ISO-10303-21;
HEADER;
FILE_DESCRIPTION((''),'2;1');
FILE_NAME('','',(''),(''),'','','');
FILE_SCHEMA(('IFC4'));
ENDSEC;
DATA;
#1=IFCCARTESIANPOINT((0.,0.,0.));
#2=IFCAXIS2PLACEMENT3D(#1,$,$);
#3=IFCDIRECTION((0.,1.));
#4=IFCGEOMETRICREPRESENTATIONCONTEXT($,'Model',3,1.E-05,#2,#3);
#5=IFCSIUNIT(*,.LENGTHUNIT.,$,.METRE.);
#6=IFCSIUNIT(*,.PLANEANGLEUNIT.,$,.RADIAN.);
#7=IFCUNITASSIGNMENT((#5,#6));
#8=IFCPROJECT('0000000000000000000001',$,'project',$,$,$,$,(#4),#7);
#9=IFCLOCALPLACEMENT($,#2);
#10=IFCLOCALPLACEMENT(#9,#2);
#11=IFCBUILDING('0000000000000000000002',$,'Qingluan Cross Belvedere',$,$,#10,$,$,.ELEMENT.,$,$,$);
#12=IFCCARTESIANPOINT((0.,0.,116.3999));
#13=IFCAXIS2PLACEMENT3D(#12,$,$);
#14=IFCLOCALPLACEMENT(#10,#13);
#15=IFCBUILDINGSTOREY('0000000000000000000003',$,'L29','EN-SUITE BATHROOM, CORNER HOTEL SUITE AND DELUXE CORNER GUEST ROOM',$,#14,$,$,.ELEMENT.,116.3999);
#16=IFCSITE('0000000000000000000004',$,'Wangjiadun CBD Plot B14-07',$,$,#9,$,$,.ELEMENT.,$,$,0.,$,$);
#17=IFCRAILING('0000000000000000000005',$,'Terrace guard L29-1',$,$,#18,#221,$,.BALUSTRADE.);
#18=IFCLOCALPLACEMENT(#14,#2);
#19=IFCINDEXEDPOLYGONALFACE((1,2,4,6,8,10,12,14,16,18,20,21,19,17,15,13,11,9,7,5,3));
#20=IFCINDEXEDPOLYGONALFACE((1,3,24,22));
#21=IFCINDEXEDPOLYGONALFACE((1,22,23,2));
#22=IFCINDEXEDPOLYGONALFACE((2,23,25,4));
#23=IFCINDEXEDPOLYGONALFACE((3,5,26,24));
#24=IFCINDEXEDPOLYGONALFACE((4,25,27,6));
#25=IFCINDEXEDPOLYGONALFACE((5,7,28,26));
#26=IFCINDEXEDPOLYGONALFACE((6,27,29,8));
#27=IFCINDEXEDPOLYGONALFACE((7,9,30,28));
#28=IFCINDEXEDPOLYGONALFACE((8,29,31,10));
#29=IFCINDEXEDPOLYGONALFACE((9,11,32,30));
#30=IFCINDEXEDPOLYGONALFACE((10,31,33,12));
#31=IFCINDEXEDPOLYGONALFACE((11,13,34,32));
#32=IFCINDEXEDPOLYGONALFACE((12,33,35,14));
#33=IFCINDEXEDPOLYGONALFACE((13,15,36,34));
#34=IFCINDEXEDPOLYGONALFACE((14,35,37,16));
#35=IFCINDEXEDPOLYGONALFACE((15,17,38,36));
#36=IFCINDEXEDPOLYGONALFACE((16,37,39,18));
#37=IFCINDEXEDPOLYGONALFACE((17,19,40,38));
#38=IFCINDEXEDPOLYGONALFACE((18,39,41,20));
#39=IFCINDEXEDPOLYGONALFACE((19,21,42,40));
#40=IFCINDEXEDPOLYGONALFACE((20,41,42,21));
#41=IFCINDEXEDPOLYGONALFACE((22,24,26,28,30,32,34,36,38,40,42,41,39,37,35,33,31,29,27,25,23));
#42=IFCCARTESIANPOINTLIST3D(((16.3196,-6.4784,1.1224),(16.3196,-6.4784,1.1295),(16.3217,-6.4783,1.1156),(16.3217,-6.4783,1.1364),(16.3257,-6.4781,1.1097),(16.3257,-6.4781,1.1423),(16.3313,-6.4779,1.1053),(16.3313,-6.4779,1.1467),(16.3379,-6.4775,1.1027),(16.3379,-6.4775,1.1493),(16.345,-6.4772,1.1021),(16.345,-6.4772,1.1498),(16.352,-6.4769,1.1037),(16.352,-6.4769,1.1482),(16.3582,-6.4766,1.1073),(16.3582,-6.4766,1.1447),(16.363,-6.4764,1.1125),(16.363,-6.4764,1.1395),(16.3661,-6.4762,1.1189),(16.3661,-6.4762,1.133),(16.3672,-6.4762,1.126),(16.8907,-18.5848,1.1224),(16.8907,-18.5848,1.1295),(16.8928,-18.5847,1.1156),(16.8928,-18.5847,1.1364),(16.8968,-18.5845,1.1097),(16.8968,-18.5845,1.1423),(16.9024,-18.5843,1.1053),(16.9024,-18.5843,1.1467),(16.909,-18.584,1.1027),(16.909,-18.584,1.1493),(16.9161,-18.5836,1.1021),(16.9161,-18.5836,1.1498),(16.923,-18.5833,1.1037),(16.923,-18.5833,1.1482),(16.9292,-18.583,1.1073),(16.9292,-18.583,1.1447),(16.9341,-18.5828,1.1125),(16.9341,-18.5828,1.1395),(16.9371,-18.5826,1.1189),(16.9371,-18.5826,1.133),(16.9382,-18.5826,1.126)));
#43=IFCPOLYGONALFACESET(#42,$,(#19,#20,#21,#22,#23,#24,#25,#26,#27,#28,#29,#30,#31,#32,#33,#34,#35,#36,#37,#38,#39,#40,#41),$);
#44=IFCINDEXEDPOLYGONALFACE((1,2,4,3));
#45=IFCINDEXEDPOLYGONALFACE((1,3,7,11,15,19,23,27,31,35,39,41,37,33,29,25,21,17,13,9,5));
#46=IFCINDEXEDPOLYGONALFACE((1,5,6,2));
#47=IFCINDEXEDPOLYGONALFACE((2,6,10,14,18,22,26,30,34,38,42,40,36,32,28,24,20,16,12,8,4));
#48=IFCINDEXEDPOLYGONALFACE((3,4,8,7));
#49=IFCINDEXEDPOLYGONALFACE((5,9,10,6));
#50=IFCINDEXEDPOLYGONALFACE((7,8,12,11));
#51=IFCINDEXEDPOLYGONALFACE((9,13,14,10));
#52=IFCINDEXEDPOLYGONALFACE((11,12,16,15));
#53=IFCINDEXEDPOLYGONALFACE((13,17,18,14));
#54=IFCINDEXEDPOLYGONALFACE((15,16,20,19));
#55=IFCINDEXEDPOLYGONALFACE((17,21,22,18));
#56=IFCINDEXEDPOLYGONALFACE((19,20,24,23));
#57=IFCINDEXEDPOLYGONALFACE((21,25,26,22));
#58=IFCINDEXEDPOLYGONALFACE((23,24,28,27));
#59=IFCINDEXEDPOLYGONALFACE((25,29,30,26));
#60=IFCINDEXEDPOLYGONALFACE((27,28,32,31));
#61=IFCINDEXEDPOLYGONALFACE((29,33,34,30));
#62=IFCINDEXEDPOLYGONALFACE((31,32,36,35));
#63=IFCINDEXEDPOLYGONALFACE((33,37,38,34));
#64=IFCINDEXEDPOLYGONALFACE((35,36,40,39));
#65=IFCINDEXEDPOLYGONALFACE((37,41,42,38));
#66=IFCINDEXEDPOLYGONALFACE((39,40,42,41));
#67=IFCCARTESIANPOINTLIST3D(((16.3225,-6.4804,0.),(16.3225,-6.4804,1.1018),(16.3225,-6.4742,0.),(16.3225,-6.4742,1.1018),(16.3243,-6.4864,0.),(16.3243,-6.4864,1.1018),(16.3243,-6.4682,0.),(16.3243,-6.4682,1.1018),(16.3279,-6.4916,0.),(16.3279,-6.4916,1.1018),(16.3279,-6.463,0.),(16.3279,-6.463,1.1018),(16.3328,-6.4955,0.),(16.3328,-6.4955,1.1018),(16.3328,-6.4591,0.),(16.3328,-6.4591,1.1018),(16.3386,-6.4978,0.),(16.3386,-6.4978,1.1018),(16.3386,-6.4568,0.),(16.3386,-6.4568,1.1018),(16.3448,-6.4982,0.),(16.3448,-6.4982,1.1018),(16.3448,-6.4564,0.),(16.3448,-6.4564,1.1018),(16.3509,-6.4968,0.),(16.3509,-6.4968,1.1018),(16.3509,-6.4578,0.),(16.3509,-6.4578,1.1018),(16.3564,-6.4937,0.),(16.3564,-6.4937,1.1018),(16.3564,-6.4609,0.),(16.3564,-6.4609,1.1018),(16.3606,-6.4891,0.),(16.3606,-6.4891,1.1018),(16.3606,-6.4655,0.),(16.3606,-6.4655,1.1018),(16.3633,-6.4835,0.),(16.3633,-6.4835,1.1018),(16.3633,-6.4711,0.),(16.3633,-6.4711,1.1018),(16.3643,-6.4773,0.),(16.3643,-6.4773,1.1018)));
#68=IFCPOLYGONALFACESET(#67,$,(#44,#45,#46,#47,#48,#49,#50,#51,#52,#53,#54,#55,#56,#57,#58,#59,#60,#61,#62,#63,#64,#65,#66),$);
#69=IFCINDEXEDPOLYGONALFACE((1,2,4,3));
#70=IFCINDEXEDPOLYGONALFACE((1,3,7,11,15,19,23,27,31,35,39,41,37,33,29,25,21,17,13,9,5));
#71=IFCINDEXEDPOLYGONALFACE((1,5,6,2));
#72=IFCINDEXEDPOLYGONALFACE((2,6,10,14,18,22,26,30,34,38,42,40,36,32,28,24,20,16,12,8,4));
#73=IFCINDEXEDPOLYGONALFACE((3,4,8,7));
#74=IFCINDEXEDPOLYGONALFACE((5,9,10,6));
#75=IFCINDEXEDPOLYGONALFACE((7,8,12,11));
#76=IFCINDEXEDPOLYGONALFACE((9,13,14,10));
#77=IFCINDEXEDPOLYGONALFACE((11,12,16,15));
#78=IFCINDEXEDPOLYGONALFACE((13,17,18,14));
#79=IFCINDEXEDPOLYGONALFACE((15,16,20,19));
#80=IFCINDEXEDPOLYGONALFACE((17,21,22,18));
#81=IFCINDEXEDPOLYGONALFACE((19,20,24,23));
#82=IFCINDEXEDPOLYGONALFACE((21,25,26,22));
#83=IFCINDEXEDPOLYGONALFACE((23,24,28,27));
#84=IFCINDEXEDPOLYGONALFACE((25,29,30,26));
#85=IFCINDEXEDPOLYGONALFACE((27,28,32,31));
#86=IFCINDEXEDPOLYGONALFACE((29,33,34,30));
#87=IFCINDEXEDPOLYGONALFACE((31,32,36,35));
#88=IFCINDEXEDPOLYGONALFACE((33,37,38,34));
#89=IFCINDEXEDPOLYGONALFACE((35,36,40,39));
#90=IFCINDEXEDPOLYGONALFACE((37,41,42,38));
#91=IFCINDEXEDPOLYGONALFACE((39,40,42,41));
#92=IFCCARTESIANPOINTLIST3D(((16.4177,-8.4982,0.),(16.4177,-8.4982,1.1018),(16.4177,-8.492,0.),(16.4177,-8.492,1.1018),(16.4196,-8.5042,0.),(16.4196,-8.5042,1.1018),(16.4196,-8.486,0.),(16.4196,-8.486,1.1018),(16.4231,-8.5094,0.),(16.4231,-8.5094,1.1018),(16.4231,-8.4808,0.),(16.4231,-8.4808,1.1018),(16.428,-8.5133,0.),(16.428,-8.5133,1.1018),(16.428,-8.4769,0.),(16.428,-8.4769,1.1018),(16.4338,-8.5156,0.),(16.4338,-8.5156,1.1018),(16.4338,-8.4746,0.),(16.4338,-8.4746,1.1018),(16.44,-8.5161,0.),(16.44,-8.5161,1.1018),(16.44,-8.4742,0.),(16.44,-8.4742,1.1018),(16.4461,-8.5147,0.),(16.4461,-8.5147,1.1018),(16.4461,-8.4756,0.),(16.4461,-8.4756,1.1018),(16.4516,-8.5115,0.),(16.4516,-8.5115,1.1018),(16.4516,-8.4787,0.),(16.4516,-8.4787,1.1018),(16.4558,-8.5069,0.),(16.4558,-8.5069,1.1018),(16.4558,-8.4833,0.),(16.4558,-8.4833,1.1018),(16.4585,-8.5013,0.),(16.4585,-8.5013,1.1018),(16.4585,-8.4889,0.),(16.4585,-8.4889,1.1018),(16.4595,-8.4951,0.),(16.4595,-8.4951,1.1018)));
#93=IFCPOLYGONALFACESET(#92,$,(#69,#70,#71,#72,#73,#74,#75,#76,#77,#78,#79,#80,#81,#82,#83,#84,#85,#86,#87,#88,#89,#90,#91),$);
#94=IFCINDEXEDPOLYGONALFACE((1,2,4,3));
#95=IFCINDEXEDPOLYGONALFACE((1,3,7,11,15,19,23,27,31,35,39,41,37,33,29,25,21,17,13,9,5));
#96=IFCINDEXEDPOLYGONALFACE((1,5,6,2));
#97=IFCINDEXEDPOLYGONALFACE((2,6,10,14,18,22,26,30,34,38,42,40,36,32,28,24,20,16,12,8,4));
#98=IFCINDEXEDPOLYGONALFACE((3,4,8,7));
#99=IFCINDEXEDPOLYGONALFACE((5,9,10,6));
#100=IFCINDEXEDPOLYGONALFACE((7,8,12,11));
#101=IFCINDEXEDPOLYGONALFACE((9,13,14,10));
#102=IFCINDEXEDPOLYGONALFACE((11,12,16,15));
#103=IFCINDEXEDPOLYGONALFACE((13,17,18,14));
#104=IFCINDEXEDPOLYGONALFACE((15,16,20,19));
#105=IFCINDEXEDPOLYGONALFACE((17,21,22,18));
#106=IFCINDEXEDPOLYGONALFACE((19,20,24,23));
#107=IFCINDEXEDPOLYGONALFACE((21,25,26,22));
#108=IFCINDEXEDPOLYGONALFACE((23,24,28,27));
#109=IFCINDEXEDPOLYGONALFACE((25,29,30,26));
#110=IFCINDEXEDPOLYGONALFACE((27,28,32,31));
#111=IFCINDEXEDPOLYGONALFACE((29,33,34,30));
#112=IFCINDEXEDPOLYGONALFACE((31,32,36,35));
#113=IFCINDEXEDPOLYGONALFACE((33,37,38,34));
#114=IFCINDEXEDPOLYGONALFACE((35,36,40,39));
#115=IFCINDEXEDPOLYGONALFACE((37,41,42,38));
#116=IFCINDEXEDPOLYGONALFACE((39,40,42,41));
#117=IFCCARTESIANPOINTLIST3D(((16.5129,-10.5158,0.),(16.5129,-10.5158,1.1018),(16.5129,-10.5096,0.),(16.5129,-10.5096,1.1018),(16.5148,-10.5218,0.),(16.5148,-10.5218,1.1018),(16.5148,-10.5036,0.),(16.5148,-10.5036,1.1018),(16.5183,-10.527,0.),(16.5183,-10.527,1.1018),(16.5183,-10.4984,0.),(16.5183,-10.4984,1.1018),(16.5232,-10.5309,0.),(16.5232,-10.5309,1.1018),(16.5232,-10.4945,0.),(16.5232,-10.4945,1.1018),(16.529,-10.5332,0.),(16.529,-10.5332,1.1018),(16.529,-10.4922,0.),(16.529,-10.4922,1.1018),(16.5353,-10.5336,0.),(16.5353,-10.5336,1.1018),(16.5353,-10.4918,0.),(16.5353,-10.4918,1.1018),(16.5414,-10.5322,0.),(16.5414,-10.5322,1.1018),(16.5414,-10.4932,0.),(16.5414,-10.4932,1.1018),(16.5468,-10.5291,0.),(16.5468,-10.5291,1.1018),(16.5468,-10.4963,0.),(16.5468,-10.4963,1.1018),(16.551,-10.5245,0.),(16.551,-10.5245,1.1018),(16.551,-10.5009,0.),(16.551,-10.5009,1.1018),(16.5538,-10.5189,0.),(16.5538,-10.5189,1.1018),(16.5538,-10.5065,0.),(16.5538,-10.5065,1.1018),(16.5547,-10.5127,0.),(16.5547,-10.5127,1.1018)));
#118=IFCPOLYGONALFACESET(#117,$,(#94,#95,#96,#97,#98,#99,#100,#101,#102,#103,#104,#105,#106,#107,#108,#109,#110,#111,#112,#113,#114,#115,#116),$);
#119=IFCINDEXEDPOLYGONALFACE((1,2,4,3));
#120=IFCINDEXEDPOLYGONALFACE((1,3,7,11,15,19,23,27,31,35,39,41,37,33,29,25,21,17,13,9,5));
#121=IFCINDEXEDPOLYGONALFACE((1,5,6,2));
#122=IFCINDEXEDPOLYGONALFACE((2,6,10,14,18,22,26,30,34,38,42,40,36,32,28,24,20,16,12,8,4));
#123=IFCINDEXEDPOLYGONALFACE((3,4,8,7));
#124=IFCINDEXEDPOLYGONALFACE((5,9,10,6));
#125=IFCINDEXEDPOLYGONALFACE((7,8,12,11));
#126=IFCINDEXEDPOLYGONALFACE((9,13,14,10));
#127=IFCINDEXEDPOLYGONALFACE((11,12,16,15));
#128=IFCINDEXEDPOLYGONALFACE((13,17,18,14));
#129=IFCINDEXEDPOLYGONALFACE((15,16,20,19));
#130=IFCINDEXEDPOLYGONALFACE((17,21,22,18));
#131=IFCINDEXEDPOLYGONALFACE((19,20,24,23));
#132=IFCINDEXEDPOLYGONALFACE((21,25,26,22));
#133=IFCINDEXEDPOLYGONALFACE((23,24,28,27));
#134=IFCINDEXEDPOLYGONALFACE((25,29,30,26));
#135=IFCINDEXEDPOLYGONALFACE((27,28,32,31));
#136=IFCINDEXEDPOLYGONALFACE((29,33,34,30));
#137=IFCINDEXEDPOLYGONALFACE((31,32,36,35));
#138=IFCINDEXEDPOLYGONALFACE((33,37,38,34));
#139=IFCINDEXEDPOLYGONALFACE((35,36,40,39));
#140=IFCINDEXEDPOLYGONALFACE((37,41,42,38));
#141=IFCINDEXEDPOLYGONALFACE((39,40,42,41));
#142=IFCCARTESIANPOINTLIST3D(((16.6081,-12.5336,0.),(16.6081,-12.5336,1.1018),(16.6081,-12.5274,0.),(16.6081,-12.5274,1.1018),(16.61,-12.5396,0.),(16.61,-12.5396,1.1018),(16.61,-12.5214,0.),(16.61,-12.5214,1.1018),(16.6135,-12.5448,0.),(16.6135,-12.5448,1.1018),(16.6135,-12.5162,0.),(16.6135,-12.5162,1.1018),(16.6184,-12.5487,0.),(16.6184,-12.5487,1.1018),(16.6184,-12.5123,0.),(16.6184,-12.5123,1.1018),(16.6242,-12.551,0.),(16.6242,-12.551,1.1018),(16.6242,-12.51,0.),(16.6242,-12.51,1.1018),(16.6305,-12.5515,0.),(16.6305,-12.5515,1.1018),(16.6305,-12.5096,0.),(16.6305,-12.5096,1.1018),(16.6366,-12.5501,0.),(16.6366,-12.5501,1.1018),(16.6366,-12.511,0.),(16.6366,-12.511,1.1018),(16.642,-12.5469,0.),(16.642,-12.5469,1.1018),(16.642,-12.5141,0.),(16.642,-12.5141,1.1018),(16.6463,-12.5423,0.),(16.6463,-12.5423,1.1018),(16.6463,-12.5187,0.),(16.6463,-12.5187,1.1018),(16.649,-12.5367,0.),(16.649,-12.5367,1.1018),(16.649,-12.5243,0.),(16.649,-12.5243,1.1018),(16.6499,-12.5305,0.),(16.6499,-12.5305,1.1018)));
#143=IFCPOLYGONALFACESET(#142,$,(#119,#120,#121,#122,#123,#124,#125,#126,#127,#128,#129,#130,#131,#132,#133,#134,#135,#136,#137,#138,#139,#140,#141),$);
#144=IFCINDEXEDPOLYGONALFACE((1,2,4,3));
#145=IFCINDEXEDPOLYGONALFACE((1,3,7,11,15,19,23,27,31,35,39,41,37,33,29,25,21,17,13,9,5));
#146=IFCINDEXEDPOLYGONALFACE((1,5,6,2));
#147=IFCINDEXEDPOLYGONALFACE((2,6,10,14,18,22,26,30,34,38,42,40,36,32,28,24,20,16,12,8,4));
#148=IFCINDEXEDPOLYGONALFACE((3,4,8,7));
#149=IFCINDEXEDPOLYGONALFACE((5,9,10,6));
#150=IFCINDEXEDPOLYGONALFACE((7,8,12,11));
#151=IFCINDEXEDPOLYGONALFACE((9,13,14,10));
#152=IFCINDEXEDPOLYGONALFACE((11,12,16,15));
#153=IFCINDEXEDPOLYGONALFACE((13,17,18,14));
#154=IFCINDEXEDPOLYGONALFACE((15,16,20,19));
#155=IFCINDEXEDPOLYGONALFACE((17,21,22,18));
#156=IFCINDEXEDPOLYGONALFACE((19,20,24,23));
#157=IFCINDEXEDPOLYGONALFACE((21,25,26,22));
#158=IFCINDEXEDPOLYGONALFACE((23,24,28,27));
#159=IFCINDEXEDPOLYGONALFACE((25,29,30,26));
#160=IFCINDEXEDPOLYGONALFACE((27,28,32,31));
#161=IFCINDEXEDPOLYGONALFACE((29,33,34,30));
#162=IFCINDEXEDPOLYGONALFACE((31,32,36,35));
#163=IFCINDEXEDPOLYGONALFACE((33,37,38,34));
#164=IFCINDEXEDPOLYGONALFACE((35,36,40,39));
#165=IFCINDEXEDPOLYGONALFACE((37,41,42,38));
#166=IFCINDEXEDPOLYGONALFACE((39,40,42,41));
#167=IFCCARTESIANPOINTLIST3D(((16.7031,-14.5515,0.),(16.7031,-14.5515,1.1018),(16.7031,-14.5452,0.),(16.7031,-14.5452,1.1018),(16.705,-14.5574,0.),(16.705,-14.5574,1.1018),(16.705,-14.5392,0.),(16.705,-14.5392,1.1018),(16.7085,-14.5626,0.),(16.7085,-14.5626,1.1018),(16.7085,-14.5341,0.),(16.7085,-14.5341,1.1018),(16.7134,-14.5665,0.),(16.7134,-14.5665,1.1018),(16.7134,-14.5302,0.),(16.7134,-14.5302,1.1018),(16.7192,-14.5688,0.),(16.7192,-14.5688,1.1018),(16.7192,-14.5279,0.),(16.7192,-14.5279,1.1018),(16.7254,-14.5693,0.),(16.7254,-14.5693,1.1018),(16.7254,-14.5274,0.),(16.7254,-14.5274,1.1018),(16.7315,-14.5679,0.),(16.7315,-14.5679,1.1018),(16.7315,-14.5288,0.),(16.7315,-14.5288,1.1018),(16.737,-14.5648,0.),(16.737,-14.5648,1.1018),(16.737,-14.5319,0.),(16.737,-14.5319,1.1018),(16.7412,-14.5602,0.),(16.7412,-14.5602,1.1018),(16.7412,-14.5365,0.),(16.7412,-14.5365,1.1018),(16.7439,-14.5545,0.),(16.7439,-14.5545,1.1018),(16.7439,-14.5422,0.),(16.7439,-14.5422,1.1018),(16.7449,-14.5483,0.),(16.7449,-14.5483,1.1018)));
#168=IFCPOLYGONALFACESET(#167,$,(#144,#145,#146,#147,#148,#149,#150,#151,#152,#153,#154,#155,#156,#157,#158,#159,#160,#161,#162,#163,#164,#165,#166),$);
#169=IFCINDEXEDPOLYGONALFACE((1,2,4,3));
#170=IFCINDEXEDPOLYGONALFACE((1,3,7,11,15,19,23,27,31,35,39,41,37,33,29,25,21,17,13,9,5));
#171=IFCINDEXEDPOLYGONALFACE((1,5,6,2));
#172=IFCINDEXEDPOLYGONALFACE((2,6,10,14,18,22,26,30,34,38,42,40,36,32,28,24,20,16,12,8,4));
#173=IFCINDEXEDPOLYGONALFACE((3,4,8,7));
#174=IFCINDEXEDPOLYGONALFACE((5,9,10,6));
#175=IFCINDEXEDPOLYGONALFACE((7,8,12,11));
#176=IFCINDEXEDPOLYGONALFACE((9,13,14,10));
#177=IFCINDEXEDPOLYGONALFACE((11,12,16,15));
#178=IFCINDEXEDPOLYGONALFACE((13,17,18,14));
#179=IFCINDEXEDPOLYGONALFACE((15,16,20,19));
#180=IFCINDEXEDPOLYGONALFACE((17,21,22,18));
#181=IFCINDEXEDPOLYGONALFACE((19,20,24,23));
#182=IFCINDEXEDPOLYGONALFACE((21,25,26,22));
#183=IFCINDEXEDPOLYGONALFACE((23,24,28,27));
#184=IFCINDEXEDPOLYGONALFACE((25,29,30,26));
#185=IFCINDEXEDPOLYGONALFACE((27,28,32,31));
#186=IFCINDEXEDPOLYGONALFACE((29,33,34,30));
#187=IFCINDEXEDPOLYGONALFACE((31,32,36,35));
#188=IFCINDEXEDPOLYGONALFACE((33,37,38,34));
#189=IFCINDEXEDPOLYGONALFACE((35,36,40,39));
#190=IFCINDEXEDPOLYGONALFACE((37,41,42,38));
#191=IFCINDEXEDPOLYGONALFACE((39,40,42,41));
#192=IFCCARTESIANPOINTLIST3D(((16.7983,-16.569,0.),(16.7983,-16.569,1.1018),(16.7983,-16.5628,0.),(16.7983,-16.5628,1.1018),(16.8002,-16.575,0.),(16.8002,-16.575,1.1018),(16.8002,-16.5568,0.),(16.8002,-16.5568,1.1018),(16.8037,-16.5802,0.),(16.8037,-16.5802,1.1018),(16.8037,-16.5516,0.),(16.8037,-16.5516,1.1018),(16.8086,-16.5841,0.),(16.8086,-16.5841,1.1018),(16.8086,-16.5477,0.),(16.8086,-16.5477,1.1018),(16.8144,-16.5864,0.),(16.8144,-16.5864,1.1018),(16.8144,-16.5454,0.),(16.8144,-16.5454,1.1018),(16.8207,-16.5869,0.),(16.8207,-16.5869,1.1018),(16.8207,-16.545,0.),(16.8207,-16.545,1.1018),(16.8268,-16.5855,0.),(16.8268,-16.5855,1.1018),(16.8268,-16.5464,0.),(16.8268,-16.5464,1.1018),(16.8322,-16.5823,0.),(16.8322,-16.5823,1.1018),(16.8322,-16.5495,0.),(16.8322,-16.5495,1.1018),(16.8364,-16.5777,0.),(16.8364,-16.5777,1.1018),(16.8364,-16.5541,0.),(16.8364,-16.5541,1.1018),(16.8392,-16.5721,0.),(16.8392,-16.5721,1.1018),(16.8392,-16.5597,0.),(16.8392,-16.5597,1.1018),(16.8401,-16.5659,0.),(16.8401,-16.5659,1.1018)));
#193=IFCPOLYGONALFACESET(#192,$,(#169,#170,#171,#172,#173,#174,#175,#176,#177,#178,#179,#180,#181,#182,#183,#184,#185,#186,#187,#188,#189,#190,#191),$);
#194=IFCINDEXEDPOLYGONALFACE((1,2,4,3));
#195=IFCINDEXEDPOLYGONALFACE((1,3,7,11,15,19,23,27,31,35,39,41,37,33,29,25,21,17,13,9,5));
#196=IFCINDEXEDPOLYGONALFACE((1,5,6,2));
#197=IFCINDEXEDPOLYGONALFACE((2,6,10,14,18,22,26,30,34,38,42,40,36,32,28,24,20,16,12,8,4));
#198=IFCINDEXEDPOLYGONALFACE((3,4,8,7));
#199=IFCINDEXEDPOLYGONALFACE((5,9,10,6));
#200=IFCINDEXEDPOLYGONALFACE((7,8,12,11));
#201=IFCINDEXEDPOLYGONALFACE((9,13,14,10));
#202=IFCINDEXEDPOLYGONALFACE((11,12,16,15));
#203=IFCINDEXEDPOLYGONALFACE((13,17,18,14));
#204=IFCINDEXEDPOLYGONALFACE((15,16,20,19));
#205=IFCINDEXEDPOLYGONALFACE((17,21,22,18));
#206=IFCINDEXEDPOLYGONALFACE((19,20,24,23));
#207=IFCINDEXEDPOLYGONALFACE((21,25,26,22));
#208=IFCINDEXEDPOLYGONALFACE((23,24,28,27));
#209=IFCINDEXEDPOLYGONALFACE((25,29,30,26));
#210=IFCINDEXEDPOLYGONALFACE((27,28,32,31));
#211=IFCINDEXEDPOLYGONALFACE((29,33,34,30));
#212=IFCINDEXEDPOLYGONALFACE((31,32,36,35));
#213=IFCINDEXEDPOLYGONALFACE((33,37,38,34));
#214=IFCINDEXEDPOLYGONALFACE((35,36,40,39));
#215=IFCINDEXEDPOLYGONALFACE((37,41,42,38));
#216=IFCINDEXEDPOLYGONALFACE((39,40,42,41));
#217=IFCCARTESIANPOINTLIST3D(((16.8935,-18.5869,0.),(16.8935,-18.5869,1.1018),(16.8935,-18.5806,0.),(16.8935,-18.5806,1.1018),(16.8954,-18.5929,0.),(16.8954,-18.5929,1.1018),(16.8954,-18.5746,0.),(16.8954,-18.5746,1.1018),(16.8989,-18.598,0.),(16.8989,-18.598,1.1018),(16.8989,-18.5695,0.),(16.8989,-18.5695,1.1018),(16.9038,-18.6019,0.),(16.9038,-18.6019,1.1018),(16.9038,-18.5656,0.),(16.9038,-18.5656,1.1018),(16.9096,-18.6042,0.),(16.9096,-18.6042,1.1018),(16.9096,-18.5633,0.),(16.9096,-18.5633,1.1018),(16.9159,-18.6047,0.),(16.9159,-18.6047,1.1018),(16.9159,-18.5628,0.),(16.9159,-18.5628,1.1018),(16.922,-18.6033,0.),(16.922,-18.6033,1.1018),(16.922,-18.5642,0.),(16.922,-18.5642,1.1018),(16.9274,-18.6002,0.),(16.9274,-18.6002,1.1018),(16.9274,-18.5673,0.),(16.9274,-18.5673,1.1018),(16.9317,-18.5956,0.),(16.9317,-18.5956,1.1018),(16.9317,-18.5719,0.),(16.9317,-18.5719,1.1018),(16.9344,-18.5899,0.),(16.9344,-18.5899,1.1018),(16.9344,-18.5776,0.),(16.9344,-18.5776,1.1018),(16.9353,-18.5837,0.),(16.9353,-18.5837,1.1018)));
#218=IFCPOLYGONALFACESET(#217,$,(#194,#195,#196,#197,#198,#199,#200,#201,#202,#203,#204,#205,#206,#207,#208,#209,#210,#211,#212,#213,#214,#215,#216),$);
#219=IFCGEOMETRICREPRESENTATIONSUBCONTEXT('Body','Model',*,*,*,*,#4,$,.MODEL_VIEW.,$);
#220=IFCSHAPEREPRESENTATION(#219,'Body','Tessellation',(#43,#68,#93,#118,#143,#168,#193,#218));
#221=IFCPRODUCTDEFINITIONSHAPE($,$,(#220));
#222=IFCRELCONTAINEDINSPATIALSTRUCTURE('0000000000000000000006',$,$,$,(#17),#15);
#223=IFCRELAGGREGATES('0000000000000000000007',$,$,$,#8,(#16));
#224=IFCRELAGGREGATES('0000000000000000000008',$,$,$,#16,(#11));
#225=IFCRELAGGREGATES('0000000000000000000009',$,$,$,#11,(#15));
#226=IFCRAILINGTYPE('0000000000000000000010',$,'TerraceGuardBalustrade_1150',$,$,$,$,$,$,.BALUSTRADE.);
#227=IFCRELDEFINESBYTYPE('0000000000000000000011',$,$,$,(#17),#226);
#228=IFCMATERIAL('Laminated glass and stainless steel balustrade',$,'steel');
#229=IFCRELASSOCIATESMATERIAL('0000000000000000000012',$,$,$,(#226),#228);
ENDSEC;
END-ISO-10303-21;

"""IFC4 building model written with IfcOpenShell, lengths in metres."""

from ifc_helpers import new_model, si_unit, direction, frame, origin, origin_2d, place, context, subcontext, project, spatial, circle, extrude, material, type_object, element, save


model = new_model("IFC4")

# Units and contexts
model_context = context("Model", 3, precision=1e-05, world=origin(), true_north=direction((0.0, 1.0)))
body_context = subcontext(model_context, "Body", "Model", "MODEL_VIEW")
ifc_project = project(units=[si_unit("LENGTHUNIT", "METRE"), si_unit("PLANEANGLEUNIT", "RADIAN")], contexts=[model_context])

# Site, building, storey
site_placement = place(None, origin())
site = spatial("IfcSite", under=ifc_project, at=site_placement, Name="Wangjiadun CBD Plot B14-07", CompositionType="ELEMENT", RefElevation=0.0)
building_placement = place(site_placement, origin())
building = spatial("IfcBuilding", under=site, at=building_placement, Name="Qingluan Cross Belvedere", CompositionType="ELEMENT")
storey_placement = place(building_placement, frame((0.0, 0.0, 116.3999)))
storey = spatial("IfcBuildingStorey", under=building, at=storey_placement, Name="L29", Description="EN-SUITE BATHROOM, CORNER HOTEL SUITE AND DELUXE CORNER GUEST ROOM", CompositionType="ELEMENT", Elevation=116.3999)

# Railing
ifc_material_1 = material(Name="Laminated glass and stainless steel balustrade", Category="steel")
railing_type_1 = type_object("IfcRailingType", Name="TerraceGuardBalustrade_1150", PredefinedType="BALUSTRADE", material=ifc_material_1)
railing_1_placement = place(storey_placement, frame((16.3433, -6.4773, 0.0)))
element("IfcRailing", 1, at=railing_1_placement, inside=storey, type_object=railing_type_1, Name="Terrace guard L29-1", PredefinedType="BALUSTRADE", context=body_context, shape_type="SweptSolid", body=[
    extrude(circle(Radius=0.0239, at=origin_2d()), frame((0.0, 0.0, 1.126), z_axis=(0.047116, -0.998889, 0.0), x_axis=(0.998889, 0.047116, 0.0)), (0.0, 0.0, 1.0), 12.1199),
    extrude(circle(Radius=0.021, at=origin_2d()), origin(), (0.0, 0.0, 1.0), 1.1018),
    extrude(circle(Radius=0.021, at=origin_2d()), frame((0.0952, -2.0178, 0.0)), (0.0, 0.0, 1.0), 1.1018),
    extrude(circle(Radius=0.021, at=origin_2d()), frame((0.1904, -4.0354, 0.0)), (0.0, 0.0, 1.0), 1.1018),
    extrude(circle(Radius=0.021, at=origin_2d()), frame((0.2856, -6.0532, 0.0)), (0.0, 0.0, 1.0), 1.1018),
    extrude(circle(Radius=0.021, at=origin_2d()), frame((0.3806, -8.071, 0.0)), (0.0, 0.0, 1.0), 1.1018),
    extrude(circle(Radius=0.021, at=origin_2d()), frame((0.4758, -10.0886, 0.0)), (0.0, 0.0, 1.0), 1.1018),
    extrude(circle(Radius=0.021, at=origin_2d()), frame((0.571, -12.1064, 0.0)), (0.0, 0.0, 1.0), 1.1018),
])

save(model, "model.ifc")
